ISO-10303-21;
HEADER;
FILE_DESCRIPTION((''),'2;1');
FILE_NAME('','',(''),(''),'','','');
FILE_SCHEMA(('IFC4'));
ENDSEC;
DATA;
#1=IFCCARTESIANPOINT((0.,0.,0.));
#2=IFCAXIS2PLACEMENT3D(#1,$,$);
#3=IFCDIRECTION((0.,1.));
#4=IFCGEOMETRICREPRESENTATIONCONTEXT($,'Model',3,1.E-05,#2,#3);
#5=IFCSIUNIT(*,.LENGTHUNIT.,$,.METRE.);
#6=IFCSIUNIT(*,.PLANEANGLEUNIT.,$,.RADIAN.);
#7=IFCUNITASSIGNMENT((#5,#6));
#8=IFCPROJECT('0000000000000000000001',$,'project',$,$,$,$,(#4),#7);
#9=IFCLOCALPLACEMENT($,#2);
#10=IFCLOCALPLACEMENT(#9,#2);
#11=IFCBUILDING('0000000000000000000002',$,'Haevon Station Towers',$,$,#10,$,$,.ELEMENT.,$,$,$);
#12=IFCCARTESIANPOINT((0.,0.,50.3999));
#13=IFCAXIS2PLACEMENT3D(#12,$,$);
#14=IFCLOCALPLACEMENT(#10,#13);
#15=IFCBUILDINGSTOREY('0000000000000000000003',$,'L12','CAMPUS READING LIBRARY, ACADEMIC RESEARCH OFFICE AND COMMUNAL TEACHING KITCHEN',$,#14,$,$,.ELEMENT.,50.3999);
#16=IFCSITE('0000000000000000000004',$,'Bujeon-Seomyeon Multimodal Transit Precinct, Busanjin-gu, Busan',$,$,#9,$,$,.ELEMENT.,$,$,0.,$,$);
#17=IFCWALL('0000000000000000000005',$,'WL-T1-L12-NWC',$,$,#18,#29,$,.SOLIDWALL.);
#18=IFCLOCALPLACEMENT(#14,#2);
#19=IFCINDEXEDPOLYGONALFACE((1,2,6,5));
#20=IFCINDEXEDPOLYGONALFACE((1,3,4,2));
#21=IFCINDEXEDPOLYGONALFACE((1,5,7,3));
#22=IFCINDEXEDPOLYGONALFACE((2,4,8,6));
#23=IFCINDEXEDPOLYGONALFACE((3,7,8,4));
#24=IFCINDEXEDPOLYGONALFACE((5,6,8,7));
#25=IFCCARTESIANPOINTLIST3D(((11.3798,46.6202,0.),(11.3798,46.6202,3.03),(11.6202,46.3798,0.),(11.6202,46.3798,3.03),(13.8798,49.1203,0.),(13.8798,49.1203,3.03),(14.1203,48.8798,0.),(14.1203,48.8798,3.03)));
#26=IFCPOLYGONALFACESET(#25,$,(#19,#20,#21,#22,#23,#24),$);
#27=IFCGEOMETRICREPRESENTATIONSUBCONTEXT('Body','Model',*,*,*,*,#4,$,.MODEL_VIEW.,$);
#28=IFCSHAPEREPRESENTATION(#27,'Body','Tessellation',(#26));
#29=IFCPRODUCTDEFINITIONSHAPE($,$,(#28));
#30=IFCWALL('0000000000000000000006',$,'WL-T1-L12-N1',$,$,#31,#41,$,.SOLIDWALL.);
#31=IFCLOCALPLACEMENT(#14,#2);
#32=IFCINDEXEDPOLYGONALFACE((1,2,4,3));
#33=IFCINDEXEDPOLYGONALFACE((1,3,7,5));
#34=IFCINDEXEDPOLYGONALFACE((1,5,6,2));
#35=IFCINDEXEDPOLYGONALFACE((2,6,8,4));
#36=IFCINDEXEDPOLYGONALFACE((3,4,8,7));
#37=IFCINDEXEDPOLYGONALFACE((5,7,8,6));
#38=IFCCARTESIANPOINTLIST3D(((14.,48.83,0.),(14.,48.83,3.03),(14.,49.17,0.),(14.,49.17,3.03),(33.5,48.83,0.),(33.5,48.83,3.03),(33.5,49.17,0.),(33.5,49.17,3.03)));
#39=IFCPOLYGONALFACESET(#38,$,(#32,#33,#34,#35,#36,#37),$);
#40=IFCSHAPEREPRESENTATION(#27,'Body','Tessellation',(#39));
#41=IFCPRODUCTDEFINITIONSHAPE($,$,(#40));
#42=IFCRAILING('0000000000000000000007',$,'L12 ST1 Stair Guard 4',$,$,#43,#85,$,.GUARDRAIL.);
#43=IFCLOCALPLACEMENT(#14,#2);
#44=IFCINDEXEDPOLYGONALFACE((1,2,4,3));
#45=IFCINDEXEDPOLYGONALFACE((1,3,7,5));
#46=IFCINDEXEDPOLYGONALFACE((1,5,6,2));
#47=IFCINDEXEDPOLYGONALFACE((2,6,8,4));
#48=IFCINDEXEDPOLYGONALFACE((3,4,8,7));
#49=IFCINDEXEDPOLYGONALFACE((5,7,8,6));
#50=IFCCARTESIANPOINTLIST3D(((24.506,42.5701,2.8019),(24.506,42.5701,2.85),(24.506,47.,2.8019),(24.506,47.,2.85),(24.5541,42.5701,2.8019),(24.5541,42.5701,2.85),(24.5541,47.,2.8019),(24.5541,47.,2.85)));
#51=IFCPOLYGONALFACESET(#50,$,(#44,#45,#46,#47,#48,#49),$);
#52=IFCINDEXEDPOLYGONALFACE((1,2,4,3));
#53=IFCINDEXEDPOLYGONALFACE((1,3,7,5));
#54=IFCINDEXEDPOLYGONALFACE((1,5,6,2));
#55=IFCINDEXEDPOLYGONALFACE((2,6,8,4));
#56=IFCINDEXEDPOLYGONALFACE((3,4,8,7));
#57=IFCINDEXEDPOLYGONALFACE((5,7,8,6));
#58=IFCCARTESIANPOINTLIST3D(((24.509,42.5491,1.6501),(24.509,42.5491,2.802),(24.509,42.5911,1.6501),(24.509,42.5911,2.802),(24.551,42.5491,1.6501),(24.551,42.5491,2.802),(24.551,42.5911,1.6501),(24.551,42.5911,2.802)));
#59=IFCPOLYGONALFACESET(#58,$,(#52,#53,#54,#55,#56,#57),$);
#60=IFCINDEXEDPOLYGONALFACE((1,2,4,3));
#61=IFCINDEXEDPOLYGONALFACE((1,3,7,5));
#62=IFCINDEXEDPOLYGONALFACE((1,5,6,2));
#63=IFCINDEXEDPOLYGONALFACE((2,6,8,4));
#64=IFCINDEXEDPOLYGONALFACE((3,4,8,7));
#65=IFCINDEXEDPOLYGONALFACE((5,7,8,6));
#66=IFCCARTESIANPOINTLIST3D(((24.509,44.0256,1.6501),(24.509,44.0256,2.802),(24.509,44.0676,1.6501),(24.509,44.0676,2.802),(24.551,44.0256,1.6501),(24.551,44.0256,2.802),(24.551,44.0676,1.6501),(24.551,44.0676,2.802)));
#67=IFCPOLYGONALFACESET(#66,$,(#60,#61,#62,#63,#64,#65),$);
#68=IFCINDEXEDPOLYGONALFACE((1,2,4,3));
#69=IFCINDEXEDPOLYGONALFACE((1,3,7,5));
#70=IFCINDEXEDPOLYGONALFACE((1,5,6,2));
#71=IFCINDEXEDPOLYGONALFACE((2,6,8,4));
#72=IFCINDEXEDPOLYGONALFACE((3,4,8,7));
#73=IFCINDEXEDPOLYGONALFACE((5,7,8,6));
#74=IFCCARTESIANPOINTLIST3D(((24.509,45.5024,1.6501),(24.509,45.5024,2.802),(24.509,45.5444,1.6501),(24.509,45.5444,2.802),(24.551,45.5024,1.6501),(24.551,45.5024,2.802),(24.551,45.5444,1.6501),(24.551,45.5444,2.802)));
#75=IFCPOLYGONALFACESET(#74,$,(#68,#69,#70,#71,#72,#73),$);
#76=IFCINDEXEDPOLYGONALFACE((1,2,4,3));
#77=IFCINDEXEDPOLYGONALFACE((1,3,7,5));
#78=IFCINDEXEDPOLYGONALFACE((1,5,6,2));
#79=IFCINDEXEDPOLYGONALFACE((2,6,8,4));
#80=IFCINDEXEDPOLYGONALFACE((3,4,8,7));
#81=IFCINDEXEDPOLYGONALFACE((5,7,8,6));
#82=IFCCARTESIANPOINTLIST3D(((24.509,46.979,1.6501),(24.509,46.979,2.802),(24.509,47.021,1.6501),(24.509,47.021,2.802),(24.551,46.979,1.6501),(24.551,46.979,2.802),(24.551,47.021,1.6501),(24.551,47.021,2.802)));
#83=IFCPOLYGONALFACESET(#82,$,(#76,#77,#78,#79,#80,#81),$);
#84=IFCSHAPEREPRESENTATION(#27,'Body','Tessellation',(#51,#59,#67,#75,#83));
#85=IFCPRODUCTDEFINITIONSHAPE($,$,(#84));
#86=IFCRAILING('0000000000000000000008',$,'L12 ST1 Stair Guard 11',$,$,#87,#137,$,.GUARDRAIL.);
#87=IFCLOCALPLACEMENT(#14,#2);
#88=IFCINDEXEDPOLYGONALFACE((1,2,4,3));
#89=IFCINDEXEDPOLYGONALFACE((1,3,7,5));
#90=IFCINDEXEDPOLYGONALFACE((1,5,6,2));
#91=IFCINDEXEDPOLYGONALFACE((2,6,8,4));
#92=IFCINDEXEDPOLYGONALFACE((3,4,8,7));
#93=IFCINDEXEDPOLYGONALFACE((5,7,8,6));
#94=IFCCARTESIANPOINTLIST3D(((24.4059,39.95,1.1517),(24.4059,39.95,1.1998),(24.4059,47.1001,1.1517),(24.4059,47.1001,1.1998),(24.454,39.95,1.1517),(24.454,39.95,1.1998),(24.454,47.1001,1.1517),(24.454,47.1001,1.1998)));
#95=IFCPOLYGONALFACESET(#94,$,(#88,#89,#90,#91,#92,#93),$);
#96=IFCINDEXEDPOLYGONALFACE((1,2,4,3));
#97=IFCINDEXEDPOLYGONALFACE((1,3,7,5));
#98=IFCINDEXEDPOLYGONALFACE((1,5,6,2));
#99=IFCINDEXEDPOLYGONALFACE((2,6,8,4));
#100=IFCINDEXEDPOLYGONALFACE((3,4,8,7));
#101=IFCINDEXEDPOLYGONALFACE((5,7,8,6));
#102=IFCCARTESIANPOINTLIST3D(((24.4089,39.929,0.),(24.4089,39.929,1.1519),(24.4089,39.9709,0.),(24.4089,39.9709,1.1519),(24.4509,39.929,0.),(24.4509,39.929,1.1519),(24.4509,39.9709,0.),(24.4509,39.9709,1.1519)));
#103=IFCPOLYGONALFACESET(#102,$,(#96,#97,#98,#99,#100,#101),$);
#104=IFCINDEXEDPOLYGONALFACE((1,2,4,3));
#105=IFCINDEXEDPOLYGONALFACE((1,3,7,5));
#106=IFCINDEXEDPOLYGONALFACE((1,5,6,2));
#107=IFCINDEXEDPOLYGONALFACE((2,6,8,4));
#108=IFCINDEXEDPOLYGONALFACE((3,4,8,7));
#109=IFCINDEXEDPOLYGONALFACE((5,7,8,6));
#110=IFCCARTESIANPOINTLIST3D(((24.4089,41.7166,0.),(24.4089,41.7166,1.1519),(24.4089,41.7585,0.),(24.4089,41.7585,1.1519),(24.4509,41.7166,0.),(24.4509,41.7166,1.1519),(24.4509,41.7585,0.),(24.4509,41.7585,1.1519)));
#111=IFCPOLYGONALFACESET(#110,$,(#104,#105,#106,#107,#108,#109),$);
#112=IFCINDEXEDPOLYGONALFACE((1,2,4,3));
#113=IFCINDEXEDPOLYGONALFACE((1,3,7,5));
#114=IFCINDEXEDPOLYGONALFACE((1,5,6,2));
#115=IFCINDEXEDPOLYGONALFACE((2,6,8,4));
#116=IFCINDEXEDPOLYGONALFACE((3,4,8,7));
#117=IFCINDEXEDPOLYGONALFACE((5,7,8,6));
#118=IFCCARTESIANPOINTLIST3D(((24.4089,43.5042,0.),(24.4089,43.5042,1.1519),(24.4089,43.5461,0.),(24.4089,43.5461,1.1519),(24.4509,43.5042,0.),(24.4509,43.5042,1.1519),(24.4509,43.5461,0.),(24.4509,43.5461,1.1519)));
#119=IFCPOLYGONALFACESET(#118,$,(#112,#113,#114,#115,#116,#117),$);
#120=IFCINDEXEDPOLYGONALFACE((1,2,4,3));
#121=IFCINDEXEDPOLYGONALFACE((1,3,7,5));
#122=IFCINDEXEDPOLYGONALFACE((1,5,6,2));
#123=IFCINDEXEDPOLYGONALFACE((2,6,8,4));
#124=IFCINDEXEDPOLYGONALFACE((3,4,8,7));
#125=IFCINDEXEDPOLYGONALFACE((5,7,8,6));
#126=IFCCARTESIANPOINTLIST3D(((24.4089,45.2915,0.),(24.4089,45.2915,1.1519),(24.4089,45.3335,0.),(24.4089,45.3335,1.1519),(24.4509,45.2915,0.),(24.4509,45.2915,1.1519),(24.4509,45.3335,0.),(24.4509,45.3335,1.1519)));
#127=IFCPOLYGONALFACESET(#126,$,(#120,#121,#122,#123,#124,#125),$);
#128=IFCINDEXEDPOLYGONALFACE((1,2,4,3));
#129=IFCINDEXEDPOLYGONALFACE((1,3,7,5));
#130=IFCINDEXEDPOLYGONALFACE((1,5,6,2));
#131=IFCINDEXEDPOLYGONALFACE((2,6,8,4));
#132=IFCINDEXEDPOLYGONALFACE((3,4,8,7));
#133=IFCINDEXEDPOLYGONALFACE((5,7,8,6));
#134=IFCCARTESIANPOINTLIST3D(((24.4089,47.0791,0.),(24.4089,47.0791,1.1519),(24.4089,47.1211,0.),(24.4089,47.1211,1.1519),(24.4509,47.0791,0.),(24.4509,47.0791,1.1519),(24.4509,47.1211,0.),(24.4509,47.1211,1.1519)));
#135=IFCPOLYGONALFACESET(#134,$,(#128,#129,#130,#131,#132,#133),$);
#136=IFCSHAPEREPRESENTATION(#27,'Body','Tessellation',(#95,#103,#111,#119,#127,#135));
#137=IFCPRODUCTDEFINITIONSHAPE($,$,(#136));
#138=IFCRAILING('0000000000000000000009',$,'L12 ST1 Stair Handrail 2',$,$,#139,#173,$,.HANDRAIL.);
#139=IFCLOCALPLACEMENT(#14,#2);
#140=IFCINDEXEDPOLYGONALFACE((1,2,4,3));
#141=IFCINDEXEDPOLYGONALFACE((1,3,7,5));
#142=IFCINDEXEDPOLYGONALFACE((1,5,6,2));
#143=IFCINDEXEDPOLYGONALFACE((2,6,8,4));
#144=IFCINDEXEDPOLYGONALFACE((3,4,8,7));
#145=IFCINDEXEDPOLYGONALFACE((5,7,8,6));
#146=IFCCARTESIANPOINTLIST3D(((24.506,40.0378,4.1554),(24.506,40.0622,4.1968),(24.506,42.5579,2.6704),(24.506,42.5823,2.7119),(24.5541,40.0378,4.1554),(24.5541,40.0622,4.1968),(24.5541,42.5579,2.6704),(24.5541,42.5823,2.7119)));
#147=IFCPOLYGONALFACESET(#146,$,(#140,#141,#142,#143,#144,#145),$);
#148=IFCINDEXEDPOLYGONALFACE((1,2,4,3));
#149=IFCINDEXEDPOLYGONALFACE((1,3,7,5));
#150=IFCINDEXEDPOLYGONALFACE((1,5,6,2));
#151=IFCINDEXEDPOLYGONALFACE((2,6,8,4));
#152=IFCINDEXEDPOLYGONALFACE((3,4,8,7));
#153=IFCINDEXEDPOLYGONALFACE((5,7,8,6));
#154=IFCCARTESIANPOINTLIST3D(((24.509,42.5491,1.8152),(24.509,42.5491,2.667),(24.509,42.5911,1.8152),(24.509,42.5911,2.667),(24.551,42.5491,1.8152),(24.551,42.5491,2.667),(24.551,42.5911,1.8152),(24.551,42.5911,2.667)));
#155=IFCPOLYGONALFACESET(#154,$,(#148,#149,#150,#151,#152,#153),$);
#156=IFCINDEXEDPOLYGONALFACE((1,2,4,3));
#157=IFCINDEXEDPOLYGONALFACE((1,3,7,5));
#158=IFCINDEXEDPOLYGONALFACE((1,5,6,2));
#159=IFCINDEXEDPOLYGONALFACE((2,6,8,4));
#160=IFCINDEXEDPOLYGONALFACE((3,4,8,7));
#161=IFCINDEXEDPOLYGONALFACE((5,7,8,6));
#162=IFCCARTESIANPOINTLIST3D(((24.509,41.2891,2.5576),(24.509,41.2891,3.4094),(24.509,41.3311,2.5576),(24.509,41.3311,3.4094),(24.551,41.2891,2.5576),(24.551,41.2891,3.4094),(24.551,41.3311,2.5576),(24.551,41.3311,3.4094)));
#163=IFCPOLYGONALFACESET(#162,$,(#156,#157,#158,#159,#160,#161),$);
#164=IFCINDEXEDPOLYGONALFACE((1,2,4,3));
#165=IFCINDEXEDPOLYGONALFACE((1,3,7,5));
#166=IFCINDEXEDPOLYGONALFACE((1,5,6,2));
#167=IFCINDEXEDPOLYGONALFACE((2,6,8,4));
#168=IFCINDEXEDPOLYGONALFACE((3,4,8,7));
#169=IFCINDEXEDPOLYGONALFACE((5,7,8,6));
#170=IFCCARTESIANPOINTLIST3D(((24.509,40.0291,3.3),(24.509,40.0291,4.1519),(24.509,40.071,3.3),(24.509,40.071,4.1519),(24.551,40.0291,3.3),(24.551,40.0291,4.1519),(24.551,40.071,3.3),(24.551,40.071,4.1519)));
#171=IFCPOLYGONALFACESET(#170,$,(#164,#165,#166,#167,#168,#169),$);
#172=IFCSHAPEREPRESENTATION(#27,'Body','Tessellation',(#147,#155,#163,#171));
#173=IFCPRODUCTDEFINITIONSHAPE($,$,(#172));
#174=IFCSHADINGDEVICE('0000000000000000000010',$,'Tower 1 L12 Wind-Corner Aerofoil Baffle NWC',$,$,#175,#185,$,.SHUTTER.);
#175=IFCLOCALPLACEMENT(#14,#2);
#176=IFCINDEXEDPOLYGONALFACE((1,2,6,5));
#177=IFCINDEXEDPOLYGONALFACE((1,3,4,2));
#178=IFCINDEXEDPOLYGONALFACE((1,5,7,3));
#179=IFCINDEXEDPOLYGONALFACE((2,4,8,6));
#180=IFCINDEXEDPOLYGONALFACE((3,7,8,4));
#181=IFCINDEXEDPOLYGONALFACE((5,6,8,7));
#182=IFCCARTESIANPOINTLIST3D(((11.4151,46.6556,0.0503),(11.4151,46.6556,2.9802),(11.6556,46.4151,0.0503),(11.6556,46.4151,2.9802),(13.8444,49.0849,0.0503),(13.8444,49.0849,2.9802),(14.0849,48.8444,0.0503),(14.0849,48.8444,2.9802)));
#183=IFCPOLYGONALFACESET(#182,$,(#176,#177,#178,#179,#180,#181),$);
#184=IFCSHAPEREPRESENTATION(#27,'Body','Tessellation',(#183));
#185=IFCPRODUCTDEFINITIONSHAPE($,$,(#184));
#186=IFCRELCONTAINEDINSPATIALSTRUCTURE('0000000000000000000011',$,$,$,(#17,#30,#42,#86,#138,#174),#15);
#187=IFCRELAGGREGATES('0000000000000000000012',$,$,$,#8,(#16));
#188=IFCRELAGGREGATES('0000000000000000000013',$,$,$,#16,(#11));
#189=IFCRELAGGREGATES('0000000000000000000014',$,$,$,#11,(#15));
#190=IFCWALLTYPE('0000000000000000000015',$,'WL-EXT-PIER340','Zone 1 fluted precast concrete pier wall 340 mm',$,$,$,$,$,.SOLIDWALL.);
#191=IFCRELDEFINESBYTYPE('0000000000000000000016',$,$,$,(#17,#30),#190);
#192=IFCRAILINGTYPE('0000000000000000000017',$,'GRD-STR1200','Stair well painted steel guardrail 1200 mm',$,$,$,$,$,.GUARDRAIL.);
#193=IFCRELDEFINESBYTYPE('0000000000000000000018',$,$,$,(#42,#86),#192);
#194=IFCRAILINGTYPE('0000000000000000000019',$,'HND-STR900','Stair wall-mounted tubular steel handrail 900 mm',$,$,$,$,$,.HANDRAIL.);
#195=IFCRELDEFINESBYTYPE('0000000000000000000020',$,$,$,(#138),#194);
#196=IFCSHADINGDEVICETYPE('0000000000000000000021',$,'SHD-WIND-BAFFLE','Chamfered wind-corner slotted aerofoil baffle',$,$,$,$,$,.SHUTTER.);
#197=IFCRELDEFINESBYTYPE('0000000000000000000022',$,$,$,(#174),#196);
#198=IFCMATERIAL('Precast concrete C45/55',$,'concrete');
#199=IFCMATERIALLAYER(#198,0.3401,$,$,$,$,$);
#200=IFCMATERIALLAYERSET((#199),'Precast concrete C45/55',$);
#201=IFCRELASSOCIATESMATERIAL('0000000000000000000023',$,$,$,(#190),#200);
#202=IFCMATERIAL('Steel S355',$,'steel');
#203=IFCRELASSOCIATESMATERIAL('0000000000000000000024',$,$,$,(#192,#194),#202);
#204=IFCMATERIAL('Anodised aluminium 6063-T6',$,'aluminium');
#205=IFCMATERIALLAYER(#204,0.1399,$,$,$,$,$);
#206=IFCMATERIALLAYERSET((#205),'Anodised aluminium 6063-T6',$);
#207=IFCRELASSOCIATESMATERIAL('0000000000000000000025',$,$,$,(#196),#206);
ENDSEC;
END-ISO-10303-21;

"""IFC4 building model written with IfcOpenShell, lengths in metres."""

from ifc_helpers import new_model, si_unit, direction, frame, frame_2d, origin, origin_2d, place, context, subcontext, project, spatial, rectangle, extrude, material, layer, layer_set, type_object, element, save


model = new_model("IFC4")

# Units and contexts
model_context = context("Model", 3, precision=1e-05, world=origin(), true_north=direction((0.0, 1.0)))
body_context = subcontext(model_context, "Body", "Model", "MODEL_VIEW")
ifc_project = project(units=[si_unit("LENGTHUNIT", "METRE"), si_unit("PLANEANGLEUNIT", "RADIAN")], contexts=[model_context])

# Site, building, storey
site_placement = place(None, origin())
site = spatial("IfcSite", under=ifc_project, at=site_placement, Name="Bujeon-Seomyeon Multimodal Transit Precinct, Busanjin-gu, Busan", CompositionType="ELEMENT", RefElevation=0.0)
building_placement = place(site_placement, origin())
building = spatial("IfcBuilding", under=site, at=building_placement, Name="Haevon Station Towers", CompositionType="ELEMENT")
storey_placement = place(building_placement, frame((0.0, 0.0, 50.3999)))
storey = spatial("IfcBuildingStorey", under=building, at=storey_placement, Name="L12", Description="CAMPUS READING LIBRARY, ACADEMIC RESEARCH OFFICE AND COMMUNAL TEACHING KITCHEN", CompositionType="ELEMENT", Elevation=50.3999)

# Shared definitions
ifc_material_1 = material(Name="Steel S355", Category="steel")

# Walls
ifc_material_2 = material(Name="Precast concrete C45/55", Category="concrete")
ifc_layer_1 = layer(ifc_material_2, 0.3401)
ifc_layer_set_1 = layer_set([ifc_layer_1], Name="Precast concrete C45/55")
wall_type_1 = type_object("IfcWallType", Name="WL-EXT-PIER340", Description="Zone 1 fluted precast concrete pier wall 340 mm", PredefinedType="SOLIDWALL", material=ifc_layer_set_1)
wall_1_placement = place(storey_placement, frame((11.5, 46.5, 0.0), z_axis=(0.0, 0.0, 1.0), x_axis=(0.707107, 0.707107, 0.0)))
element("IfcWall", 1, at=wall_1_placement, inside=storey, type_object=wall_type_1, Name="WL-T1-L12-NWC", PredefinedType="SOLIDWALL", context=body_context, shape_type="SweptSolid", body=[
    extrude(rectangle(XDim=3.5356, YDim=0.3401, at=frame_2d((1.7678, 0.0))), origin(), (0.0, 0.0, 1.0), 3.03),
])
wall_2_placement = place(storey_placement, frame((14.0, 49.0, 0.0), z_axis=(0.0, 0.0, 1.0), x_axis=(1.0, 0.0, 0.0)))
element("IfcWall", 2, at=wall_2_placement, inside=storey, type_object=wall_type_1, Name="WL-T1-L12-N1", PredefinedType="SOLIDWALL", context=body_context, shape_type="SweptSolid", body=[
    extrude(rectangle(XDim=19.5, YDim=0.3401, at=frame_2d((9.75, 0.0))), origin(), (0.0, 0.0, 1.0), 3.03),
])

# Railings
railing_type_1 = type_object("IfcRailingType", Name="GRD-STR1200", Description="Stair well painted steel guardrail 1200 mm", PredefinedType="GUARDRAIL", material=ifc_material_1)
railing_1_placement = place(storey_placement, frame((24.53, 42.5701, 1.6501)))
element("IfcRailing", 3, at=railing_1_placement, inside=storey, type_object=railing_type_1, Name="L12 ST1 Stair Guard 4", PredefinedType="GUARDRAIL", context=body_context, shape_type="SweptSolid", body=[
    extrude(rectangle(XDim=0.0481, YDim=0.0481, at=origin_2d()), frame((0.0, 0.0, 1.1758), z_axis=(0.0, 1.0, 0.0), x_axis=(-1.0, 0.0, 0.0)), (0.0, 0.0, 1.0), 4.4299),
    extrude(rectangle(XDim=0.042, YDim=0.042, at=origin_2d()), origin(), (0.0, 0.0, 1.0), 1.1519),
    extrude(rectangle(XDim=0.042, YDim=0.042, at=origin_2d()), frame((0.0, 1.4766, 0.0)), (0.0, 0.0, 1.0), 1.1519),
    extrude(rectangle(XDim=0.042, YDim=0.042, at=origin_2d()), frame((0.0, 2.9534, 0.0)), (0.0, 0.0, 1.0), 1.1519),
    extrude(rectangle(XDim=0.042, YDim=0.042, at=origin_2d()), frame((0.0, 4.4299, 0.0)), (0.0, 0.0, 1.0), 1.1519),
])
railing_2_placement = place(storey_placement, frame((24.4299, 39.95, 0.0)))
element("IfcRailing", 4, at=railing_2_placement, inside=storey, type_object=railing_type_1, Name="L12 ST1 Stair Guard 11", PredefinedType="GUARDRAIL", context=body_context, shape_type="SweptSolid", body=[
    extrude(rectangle(XDim=0.0481, YDim=0.0481, at=origin_2d()), frame((0.0, 0.0, 1.1758), z_axis=(0.0, 1.0, 0.0), x_axis=(-1.0, 0.0, 0.0)), (0.0, 0.0, 1.0), 7.1501),
    extrude(rectangle(XDim=0.042, YDim=0.042, at=origin_2d()), origin(), (0.0, 0.0, 1.0), 1.1519),
    extrude(rectangle(XDim=0.042, YDim=0.042, at=origin_2d()), frame((0.0, 1.7876, 0.0)), (0.0, 0.0, 1.0), 1.1519),
    extrude(rectangle(XDim=0.042, YDim=0.042, at=origin_2d()), frame((0.0, 3.5752, 0.0)), (0.0, 0.0, 1.0), 1.1519),
    extrude(rectangle(XDim=0.042, YDim=0.042, at=origin_2d()), frame((0.0, 5.3625, 0.0)), (0.0, 0.0, 1.0), 1.1519),
    extrude(rectangle(XDim=0.042, YDim=0.042, at=origin_2d()), frame((0.0, 7.1501, 0.0)), (0.0, 0.0, 1.0), 1.1519),
])
railing_type_2 = type_object("IfcRailingType", Name="HND-STR900", Description="Stair wall-mounted tubular steel handrail 900 mm", PredefinedType="HANDRAIL", material=ifc_material_1)
railing_3_placement = place(storey_placement, frame((24.53, 42.5701, 1.8152)))
element("IfcRailing", 5, at=railing_3_placement, inside=storey, type_object=railing_type_2, Name="L12 ST1 Stair Handrail 2", PredefinedType="HANDRAIL", context=body_context, shape_type="SweptSolid", body=[
    extrude(rectangle(XDim=0.0481, YDim=0.0481, at=origin_2d()), frame((0.0, 0.0, 0.876), z_axis=(0.0, -0.861561, 0.507655), x_axis=(1.0, 0.0, 0.0)), (0.0, 0.0, 1.0), 2.925),
    extrude(rectangle(XDim=0.042, YDim=0.042, at=origin_2d()), origin(), (0.0, 0.0, 1.0), 0.8518),
    extrude(rectangle(XDim=0.042, YDim=0.042, at=origin_2d()), frame((0.0, -1.26, 0.7424)), (0.0, 0.0, 1.0), 0.8518),
    extrude(rectangle(XDim=0.042, YDim=0.042, at=origin_2d()), frame((0.0, -2.52, 1.4849)), (0.0, 0.0, 1.0), 0.8518),
])

# Shading device
ifc_material_3 = material(Name="Anodised aluminium 6063-T6", Category="aluminium")
ifc_layer_2 = layer(ifc_material_3, 0.1399)
ifc_layer_set_2 = layer_set([ifc_layer_2], Name="Anodised aluminium 6063-T6")
shading_device_type = type_object("IfcShadingDeviceType", Name="SHD-WIND-BAFFLE", Description="Chamfered wind-corner slotted aerofoil baffle", PredefinedType="SHUTTER", material=ifc_layer_set_2)
shading_device_placement = place(storey_placement, frame((12.75, 47.75, 0.0503), z_axis=(0.0, 0.0, 1.0), x_axis=(0.707107, 0.707107, 0.0)))
element("IfcShadingDevice", 6, at=shading_device_placement, inside=storey, type_object=shading_device_type, Name="Tower 1 L12 Wind-Corner Aerofoil Baffle NWC", PredefinedType="SHUTTER", context=body_context, shape_type="SweptSolid", body=[
    extrude(rectangle(XDim=3.4355, YDim=0.3401, at=origin_2d()), origin(), (0.0, 0.0, 1.0), 2.9299),
])

save(model, "model.ifc")
